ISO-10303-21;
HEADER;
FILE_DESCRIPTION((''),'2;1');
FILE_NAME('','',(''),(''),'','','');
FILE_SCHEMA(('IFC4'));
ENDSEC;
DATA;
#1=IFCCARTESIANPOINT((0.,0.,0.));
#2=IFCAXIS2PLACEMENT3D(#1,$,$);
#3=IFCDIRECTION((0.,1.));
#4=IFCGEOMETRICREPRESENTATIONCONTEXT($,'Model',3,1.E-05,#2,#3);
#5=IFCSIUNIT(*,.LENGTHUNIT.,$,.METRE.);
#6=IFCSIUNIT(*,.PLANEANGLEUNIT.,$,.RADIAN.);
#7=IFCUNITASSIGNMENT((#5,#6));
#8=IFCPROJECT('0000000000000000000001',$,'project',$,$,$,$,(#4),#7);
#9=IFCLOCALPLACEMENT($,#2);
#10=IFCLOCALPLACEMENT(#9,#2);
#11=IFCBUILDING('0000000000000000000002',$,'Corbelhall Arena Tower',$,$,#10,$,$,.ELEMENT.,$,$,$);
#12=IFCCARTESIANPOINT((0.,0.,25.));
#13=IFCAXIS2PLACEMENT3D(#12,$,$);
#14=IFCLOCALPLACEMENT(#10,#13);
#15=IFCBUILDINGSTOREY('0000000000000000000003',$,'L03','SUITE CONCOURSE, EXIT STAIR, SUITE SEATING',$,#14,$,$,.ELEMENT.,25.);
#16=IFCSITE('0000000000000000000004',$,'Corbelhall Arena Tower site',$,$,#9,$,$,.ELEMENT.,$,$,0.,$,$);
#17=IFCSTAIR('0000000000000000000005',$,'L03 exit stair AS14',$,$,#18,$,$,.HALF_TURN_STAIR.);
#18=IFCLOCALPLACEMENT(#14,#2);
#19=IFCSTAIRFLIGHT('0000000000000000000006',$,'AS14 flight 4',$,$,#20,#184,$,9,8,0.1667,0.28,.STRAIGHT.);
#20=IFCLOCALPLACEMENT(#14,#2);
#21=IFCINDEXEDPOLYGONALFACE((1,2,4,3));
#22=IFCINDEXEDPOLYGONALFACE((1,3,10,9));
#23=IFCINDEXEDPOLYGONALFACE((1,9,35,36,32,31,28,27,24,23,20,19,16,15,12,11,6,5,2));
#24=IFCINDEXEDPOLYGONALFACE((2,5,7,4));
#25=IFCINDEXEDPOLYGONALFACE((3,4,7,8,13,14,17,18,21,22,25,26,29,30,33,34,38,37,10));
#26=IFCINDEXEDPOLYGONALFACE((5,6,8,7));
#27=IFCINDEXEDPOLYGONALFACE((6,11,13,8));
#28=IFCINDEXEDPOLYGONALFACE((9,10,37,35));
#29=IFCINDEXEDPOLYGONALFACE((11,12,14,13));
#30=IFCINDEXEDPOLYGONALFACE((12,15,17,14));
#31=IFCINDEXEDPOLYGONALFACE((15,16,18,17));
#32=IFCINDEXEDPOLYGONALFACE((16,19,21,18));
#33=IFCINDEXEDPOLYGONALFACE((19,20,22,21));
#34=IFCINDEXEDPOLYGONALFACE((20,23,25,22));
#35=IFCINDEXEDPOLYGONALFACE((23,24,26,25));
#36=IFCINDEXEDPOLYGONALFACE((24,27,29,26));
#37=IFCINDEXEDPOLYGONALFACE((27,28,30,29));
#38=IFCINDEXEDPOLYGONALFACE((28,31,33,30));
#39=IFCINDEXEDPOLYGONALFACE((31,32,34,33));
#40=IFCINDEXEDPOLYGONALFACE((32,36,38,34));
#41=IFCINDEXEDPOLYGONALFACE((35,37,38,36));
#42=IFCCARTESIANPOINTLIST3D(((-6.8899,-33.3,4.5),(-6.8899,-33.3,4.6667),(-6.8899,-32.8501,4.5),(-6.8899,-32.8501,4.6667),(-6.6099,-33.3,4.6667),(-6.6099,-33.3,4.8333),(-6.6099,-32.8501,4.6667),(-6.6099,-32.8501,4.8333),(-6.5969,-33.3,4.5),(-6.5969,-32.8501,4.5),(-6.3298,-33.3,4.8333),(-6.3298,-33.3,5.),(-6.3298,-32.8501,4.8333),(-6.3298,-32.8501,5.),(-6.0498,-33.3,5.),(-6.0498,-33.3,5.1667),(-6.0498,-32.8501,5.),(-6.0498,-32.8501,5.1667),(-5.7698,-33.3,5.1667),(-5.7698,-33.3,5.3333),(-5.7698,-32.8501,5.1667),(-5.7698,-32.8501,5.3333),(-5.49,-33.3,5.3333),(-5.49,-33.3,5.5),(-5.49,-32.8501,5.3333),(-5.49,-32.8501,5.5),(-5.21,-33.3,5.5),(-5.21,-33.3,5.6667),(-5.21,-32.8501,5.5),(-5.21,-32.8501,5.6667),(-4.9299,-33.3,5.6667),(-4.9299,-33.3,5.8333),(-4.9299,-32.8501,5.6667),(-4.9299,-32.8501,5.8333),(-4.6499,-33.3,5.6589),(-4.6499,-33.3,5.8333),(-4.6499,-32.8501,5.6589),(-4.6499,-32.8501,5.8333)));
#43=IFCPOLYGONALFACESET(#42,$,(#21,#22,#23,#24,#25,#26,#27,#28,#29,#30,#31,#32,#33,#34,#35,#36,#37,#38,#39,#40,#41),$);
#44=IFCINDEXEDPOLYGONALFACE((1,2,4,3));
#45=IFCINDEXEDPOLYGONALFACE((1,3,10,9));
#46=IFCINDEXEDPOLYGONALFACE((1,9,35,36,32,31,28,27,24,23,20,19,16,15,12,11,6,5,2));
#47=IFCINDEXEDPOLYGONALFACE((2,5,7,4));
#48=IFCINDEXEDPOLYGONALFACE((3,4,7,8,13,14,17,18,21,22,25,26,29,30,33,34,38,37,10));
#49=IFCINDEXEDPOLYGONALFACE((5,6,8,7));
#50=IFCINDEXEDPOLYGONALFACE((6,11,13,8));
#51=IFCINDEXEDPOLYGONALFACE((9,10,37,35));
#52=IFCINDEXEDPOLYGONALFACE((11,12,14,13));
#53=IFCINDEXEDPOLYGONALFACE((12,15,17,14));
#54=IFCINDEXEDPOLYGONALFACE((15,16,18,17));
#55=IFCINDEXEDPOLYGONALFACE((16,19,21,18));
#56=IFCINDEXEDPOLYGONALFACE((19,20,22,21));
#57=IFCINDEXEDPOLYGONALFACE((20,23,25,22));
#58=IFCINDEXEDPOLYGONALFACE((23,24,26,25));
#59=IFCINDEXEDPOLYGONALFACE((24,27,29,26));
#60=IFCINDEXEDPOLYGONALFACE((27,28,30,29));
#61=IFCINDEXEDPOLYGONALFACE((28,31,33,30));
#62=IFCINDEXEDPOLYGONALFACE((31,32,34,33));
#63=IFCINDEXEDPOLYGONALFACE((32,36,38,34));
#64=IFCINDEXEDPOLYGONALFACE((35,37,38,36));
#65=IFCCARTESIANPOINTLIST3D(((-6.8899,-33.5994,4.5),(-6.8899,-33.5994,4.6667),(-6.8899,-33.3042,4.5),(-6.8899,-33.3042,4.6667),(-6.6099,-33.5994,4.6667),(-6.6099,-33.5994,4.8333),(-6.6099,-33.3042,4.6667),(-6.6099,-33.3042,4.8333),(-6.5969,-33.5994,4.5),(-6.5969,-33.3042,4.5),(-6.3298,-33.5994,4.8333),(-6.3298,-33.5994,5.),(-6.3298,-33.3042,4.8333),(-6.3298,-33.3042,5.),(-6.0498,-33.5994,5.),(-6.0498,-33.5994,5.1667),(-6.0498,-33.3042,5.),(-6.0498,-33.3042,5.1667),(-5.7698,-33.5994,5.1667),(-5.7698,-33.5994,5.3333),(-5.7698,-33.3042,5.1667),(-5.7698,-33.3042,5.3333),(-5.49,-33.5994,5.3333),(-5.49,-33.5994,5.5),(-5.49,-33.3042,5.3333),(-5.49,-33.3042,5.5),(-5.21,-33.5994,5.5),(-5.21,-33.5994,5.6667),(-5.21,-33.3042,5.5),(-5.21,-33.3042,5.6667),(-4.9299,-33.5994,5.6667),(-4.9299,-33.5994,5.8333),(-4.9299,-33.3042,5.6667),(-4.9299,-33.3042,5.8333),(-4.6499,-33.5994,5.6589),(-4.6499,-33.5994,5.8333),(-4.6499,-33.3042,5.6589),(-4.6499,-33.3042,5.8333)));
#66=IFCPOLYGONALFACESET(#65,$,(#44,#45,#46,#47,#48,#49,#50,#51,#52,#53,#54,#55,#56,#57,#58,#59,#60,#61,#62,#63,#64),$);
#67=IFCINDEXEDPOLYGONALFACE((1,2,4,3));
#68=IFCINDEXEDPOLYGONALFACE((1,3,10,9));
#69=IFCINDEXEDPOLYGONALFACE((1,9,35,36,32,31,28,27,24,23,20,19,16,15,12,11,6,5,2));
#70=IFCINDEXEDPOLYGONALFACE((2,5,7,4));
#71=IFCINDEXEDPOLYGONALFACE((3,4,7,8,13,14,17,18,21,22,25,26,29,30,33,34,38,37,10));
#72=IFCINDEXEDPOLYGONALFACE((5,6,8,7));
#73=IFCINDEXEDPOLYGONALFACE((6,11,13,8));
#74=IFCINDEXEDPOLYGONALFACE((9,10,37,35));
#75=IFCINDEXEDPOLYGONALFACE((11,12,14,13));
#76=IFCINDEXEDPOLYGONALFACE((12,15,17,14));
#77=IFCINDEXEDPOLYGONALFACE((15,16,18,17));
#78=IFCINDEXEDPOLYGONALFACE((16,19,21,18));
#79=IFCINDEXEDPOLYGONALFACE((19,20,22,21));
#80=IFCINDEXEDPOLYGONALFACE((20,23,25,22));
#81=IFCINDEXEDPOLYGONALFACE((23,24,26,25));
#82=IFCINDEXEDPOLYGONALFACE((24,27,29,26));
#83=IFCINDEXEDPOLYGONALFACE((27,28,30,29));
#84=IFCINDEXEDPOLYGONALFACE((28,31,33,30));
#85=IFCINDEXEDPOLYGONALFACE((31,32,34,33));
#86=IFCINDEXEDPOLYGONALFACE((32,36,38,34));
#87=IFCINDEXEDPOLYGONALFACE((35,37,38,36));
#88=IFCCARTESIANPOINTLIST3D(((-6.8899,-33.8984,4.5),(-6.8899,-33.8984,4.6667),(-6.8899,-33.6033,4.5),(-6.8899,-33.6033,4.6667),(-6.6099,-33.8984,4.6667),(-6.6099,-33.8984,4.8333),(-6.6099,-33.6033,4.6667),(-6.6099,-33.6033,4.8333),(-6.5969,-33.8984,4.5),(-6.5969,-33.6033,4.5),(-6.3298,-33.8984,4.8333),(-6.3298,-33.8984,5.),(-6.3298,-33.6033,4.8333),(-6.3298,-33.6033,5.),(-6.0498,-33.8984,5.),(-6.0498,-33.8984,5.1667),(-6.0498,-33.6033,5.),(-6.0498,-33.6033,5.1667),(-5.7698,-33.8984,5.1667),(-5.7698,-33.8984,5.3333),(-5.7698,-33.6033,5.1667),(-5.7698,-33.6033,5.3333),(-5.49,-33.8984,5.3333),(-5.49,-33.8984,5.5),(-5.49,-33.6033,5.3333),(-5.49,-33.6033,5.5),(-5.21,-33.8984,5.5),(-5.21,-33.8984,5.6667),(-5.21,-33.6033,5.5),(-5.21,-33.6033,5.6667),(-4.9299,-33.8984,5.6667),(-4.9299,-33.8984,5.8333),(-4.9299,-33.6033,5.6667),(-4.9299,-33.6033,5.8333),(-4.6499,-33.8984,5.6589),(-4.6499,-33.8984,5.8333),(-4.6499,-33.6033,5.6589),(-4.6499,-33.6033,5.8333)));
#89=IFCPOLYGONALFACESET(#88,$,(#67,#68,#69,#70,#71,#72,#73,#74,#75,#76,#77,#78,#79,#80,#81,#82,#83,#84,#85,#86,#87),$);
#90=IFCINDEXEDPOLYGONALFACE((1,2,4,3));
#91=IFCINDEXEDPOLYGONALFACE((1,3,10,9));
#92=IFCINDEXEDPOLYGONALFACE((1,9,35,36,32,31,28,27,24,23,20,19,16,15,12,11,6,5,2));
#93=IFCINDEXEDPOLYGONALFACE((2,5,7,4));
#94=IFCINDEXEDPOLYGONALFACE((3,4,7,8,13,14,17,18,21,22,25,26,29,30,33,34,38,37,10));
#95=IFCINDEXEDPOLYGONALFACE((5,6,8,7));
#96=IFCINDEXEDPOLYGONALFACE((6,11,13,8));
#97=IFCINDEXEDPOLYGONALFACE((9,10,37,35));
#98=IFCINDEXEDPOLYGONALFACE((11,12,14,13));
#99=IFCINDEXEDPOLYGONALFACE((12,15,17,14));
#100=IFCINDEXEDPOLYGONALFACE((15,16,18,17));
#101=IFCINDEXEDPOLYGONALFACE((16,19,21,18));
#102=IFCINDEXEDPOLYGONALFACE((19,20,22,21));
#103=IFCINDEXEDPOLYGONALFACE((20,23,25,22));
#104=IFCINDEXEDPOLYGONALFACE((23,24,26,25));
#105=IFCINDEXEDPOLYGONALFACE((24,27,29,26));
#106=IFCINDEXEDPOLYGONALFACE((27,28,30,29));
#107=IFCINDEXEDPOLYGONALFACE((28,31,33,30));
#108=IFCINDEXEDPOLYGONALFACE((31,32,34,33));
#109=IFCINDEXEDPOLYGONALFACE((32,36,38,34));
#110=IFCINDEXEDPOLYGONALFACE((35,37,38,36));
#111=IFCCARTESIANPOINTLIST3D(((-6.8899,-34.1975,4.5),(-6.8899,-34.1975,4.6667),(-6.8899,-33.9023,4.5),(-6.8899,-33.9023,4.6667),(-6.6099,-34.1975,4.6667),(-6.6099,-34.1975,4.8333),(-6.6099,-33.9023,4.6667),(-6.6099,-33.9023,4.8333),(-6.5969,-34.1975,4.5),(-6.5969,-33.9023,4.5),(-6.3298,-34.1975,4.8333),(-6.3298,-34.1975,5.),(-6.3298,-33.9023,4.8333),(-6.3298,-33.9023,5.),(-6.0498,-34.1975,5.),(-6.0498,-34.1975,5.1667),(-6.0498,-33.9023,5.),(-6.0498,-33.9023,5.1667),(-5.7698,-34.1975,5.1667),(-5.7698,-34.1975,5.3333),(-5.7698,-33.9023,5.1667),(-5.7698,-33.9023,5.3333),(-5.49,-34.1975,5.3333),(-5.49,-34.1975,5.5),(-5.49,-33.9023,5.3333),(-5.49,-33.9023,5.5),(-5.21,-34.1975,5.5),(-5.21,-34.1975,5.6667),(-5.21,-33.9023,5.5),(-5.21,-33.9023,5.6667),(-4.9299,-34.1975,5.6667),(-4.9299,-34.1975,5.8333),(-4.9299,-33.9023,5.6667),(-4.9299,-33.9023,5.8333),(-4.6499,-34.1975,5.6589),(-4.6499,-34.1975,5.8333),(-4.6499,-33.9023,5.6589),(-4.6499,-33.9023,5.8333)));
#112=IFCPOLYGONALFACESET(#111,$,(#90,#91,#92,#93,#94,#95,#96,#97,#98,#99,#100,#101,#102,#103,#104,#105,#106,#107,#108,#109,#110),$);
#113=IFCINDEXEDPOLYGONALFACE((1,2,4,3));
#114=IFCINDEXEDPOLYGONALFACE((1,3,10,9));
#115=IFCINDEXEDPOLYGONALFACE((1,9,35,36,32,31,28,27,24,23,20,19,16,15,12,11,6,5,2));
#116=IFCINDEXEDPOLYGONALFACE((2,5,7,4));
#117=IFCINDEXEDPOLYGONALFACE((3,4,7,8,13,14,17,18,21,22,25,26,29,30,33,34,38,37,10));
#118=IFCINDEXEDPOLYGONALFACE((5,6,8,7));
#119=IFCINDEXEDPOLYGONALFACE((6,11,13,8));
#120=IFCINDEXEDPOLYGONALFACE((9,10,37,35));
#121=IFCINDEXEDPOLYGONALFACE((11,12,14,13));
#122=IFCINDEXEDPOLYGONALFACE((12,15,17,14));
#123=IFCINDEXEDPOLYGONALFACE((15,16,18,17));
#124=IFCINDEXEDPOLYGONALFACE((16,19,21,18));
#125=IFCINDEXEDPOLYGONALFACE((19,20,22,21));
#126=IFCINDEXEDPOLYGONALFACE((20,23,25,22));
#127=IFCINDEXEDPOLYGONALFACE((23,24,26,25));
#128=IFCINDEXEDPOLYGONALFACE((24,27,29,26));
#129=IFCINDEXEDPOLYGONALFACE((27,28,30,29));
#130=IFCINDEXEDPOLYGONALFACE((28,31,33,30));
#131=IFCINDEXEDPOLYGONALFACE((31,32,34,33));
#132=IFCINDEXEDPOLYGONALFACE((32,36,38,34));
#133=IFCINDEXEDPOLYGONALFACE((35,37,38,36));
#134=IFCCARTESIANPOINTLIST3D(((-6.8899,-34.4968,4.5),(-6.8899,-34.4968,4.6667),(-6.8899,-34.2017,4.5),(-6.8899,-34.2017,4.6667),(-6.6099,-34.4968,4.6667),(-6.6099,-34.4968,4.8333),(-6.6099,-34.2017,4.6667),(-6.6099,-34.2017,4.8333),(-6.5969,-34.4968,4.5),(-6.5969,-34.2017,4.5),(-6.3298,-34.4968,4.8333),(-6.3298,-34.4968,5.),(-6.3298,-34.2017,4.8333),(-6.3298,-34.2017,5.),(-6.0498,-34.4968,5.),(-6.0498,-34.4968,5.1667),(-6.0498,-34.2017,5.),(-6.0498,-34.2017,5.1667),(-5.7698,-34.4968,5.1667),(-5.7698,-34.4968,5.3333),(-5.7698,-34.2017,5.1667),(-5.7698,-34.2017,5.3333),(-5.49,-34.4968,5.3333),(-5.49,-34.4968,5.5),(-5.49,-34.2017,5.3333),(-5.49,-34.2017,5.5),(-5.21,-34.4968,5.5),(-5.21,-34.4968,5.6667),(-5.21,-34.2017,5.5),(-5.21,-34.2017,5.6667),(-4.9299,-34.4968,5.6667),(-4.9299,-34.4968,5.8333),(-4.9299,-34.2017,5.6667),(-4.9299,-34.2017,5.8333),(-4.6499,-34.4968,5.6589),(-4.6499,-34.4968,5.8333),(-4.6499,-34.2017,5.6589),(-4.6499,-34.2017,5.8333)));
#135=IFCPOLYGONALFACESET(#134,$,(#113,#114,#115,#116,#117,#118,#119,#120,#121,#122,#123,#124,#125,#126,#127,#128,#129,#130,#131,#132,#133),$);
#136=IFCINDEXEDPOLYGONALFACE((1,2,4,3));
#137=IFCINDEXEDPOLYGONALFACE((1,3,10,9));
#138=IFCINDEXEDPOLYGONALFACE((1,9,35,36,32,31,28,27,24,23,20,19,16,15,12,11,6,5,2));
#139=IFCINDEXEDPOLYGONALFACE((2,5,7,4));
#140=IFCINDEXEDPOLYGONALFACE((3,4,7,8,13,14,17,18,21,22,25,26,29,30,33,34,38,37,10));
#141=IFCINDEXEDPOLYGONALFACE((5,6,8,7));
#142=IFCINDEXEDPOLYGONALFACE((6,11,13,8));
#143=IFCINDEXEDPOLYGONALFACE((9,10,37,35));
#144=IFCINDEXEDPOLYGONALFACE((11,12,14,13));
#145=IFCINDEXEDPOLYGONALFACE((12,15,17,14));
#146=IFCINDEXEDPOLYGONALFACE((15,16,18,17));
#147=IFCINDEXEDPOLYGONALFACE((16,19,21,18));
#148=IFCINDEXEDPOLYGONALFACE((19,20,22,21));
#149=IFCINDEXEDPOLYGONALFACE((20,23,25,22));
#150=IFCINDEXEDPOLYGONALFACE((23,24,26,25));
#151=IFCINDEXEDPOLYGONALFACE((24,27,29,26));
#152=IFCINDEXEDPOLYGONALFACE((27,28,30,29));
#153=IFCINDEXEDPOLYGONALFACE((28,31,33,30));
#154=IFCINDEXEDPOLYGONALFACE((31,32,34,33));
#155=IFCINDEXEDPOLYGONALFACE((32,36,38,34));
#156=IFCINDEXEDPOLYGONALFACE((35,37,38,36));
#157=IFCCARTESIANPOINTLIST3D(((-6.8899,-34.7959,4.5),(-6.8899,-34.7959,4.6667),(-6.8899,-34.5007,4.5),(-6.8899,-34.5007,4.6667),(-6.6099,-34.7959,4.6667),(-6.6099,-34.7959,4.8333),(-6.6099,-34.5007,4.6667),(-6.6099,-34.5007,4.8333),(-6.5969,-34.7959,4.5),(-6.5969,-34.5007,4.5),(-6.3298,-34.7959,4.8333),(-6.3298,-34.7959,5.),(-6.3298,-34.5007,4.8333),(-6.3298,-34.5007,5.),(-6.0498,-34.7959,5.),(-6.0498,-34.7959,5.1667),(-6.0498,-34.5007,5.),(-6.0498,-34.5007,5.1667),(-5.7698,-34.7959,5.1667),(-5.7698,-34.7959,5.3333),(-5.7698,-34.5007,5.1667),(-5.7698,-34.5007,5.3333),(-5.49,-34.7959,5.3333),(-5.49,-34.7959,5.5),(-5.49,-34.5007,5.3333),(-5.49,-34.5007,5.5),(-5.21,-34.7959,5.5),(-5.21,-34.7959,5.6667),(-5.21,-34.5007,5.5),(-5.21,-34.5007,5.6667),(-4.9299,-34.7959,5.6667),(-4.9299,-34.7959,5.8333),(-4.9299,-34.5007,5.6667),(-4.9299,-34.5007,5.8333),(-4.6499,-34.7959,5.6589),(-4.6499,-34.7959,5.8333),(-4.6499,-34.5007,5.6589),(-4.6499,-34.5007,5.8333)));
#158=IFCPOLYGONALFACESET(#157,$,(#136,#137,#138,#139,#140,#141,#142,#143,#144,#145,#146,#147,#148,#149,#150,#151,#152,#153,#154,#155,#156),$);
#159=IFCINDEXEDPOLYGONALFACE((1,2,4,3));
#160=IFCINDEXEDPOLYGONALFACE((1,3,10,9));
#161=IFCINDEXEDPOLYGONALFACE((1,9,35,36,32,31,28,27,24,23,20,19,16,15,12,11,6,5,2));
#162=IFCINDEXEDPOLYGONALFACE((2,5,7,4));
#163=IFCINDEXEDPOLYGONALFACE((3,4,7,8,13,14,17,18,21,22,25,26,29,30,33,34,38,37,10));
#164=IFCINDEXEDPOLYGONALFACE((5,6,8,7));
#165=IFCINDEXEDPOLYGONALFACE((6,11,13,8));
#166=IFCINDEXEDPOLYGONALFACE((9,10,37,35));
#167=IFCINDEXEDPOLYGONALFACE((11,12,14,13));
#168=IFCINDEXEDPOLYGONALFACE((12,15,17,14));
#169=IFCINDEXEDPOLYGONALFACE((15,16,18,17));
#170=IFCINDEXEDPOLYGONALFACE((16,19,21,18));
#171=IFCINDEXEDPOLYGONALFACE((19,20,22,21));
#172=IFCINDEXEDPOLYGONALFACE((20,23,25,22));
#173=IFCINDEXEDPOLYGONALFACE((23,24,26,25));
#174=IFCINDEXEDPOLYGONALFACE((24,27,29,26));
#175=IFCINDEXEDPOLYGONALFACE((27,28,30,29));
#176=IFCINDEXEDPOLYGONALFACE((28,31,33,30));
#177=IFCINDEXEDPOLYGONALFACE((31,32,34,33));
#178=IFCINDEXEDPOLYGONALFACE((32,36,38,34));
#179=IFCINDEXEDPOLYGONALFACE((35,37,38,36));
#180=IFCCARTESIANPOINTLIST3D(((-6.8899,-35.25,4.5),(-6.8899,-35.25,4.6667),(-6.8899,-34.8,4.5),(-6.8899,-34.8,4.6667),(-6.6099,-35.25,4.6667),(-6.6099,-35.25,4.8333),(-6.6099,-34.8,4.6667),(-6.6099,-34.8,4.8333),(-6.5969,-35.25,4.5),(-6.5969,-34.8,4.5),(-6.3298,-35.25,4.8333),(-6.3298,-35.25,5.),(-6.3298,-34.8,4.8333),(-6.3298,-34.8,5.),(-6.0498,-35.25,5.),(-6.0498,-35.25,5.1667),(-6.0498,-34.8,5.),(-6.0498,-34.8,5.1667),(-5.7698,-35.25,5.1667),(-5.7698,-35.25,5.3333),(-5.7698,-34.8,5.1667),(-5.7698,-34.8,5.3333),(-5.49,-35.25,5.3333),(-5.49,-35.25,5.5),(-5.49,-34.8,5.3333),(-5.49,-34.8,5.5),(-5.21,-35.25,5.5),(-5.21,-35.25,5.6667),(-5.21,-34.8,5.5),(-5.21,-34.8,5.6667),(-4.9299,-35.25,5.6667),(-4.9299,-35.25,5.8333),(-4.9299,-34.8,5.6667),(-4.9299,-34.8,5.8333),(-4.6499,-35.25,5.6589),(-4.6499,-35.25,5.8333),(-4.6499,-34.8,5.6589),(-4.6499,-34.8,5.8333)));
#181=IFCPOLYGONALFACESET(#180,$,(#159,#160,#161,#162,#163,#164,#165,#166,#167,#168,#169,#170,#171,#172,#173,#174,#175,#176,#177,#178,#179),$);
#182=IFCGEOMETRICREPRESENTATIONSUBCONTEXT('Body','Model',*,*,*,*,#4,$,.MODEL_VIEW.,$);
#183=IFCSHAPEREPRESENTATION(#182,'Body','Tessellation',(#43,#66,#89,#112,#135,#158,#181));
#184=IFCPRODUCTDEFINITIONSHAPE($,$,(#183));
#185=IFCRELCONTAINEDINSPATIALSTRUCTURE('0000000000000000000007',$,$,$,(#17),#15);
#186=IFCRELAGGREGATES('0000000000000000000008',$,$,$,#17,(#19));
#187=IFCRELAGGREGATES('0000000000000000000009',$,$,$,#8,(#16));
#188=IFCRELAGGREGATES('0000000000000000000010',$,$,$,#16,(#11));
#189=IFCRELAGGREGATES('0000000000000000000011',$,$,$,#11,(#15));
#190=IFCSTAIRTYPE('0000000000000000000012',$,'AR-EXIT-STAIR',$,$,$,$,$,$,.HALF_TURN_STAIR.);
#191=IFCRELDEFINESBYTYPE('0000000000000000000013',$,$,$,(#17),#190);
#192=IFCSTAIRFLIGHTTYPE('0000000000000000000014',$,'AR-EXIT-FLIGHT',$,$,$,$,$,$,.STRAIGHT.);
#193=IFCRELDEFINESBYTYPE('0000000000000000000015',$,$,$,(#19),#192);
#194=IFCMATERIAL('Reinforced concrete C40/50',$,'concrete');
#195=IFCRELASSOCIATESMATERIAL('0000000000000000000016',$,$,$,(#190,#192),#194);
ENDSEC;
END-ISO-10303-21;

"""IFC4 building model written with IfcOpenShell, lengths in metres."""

from ifc_helpers import new_model, si_unit, direction, frame, origin, place, context, subcontext, project, spatial, polyline, outline, extrude, material, type_object, element, aggregate, save


model = new_model("IFC4")

# Units and contexts
model_context = context("Model", 3, precision=1e-05, world=origin(), true_north=direction((0.0, 1.0)))
body_context = subcontext(model_context, "Body", "Model", "MODEL_VIEW")
ifc_project = project(units=[si_unit("LENGTHUNIT", "METRE"), si_unit("PLANEANGLEUNIT", "RADIAN")], contexts=[model_context])

# Site, building, storey
site_placement = place(None, origin())
site = spatial("IfcSite", under=ifc_project, at=site_placement, Name="Corbelhall Arena Tower site", CompositionType="ELEMENT", RefElevation=0.0)
building_placement = place(site_placement, origin())
building = spatial("IfcBuilding", under=site, at=building_placement, Name="Corbelhall Arena Tower", CompositionType="ELEMENT")
storey_placement = place(building_placement, frame((0.0, 0.0, 25.0)))
storey = spatial("IfcBuildingStorey", under=building, at=storey_placement, Name="L03", Description="SUITE CONCOURSE, EXIT STAIR, SUITE SEATING", CompositionType="ELEMENT", Elevation=25.0)

# Shared definitions
ifc_material_1 = material(Name="Reinforced concrete C40/50", Category="concrete")

# Stair, stair flight
stair_type = type_object("IfcStairType", Name="AR-EXIT-STAIR", PredefinedType="HALF_TURN_STAIR", material=ifc_material_1)
stair_placement = place(storey_placement, origin())
stair = element("IfcStair", 1, at=stair_placement, inside=storey, type_object=stair_type, Name="L03 exit stair AS14", PredefinedType="HALF_TURN_STAIR")
stair_flight_type = type_object("IfcStairFlightType", Name="AR-EXIT-FLIGHT", PredefinedType="STRAIGHT", material=ifc_material_1)
stair_flight_1_placement = place(storey_placement, frame((-6.8899, -34.05, 4.5), z_axis=(0.0, 0.0, 1.0), x_axis=(1.0, 0.0, 0.0)))
stair_flight_1 = element("IfcStairFlight", 2, at=stair_flight_1_placement, type_object=stair_flight_type, Name="AS14 flight 4", NumberOfRisers=9, NumberOfTreads=8, PredefinedType="STRAIGHT", RiserHeight=0.1667, TreadLength=0.28, context=body_context, shape_type="SweptSolid", body=[
    extrude(outline(polyline([(0.0, 0.0), (0.0, 0.1667), (0.28, 0.1667), (0.28, 0.3333), (0.5601, 0.3333), (0.5601, 0.5), (0.8401, 0.5), (0.8401, 0.6667), (1.1201, 0.6667), (1.1201, 0.8333), (1.3999, 0.8333), (1.3999, 1.0), (1.6799, 1.0), (1.6799, 1.1667), (1.96, 1.1667), (1.96, 1.3333), (2.24, 1.3333), (2.24, 1.5), (2.24, 1.1589), (0.293, 0.0), (0.0, 0.0)])), frame((0.0, 1.2, 0.0), z_axis=(0.0, -1.0, 0.0), x_axis=(1.0, 0.0, 0.0)), (0.0, 0.0, 1.0), 0.45),
    extrude(outline(polyline([(0.0, 0.0), (0.0, 0.1667), (0.28, 0.1667), (0.28, 0.3333), (0.5601, 0.3333), (0.5601, 0.5), (0.8401, 0.5), (0.8401, 0.6667), (1.1201, 0.6667), (1.1201, 0.8333), (1.3999, 0.8333), (1.3999, 1.0), (1.6799, 1.0), (1.6799, 1.1667), (1.96, 1.1667), (1.96, 1.3333), (2.24, 1.3333), (2.24, 1.5), (2.24, 1.1589), (0.293, 0.0), (0.0, 0.0)])), frame((0.0, 0.7458, 0.0), z_axis=(0.0, -1.0, 0.0), x_axis=(1.0, 0.0, 0.0)), (0.0, 0.0, 1.0), 0.2952),
    extrude(outline(polyline([(0.0, 0.0), (0.0, 0.1667), (0.28, 0.1667), (0.28, 0.3333), (0.5601, 0.3333), (0.5601, 0.5), (0.8401, 0.5), (0.8401, 0.6667), (1.1201, 0.6667), (1.1201, 0.8333), (1.3999, 0.8333), (1.3999, 1.0), (1.6799, 1.0), (1.6799, 1.1667), (1.96, 1.1667), (1.96, 1.3333), (2.24, 1.3333), (2.24, 1.5), (2.24, 1.1589), (0.293, 0.0), (0.0, 0.0)])), frame((0.0, 0.4468, 0.0), z_axis=(0.0, -1.0, 0.0), x_axis=(1.0, 0.0, 0.0)), (0.0, 0.0, 1.0), 0.2952),
    extrude(outline(polyline([(0.0, 0.0), (0.0, 0.1667), (0.28, 0.1667), (0.28, 0.3333), (0.5601, 0.3333), (0.5601, 0.5), (0.8401, 0.5), (0.8401, 0.6667), (1.1201, 0.6667), (1.1201, 0.8333), (1.3999, 0.8333), (1.3999, 1.0), (1.6799, 1.0), (1.6799, 1.1667), (1.96, 1.1667), (1.96, 1.3333), (2.24, 1.3333), (2.24, 1.5), (2.24, 1.1589), (0.293, 0.0), (0.0, 0.0)])), frame((0.0, 0.1477, 0.0), z_axis=(0.0, -1.0, 0.0), x_axis=(1.0, 0.0, 0.0)), (0.0, 0.0, 1.0), 0.2952),
    extrude(outline(polyline([(0.0, 0.0), (0.0, 0.1667), (0.28, 0.1667), (0.28, 0.3333), (0.5601, 0.3333), (0.5601, 0.5), (0.8401, 0.5), (0.8401, 0.6667), (1.1201, 0.6667), (1.1201, 0.8333), (1.3999, 0.8333), (1.3999, 1.0), (1.6799, 1.0), (1.6799, 1.1667), (1.96, 1.1667), (1.96, 1.3333), (2.24, 1.3333), (2.24, 1.5), (2.24, 1.1589), (0.293, 0.0), (0.0, 0.0)])), frame((0.0, -0.1516, 0.0), z_axis=(0.0, -1.0, 0.0), x_axis=(1.0, 0.0, 0.0)), (0.0, 0.0, 1.0), 0.2952),
    extrude(outline(polyline([(0.0, 0.0), (0.0, 0.1667), (0.28, 0.1667), (0.28, 0.3333), (0.5601, 0.3333), (0.5601, 0.5), (0.8401, 0.5), (0.8401, 0.6667), (1.1201, 0.6667), (1.1201, 0.8333), (1.3999, 0.8333), (1.3999, 1.0), (1.6799, 1.0), (1.6799, 1.1667), (1.96, 1.1667), (1.96, 1.3333), (2.24, 1.3333), (2.24, 1.5), (2.24, 1.1589), (0.293, 0.0), (0.0, 0.0)])), frame((0.0, -0.4507, 0.0), z_axis=(0.0, -1.0, 0.0), x_axis=(1.0, 0.0, 0.0)), (0.0, 0.0, 1.0), 0.2952),
    extrude(outline(polyline([(0.0, 0.0), (0.0, 0.1667), (0.28, 0.1667), (0.28, 0.3333), (0.5601, 0.3333), (0.5601, 0.5), (0.8401, 0.5), (0.8401, 0.6667), (1.1201, 0.6667), (1.1201, 0.8333), (1.3999, 0.8333), (1.3999, 1.0), (1.6799, 1.0), (1.6799, 1.1667), (1.96, 1.1667), (1.96, 1.3333), (2.24, 1.3333), (2.24, 1.5), (2.24, 1.1589), (0.293, 0.0), (0.0, 0.0)])), frame((0.0, -0.75, 0.0), z_axis=(0.0, -1.0, 0.0), x_axis=(1.0, 0.0, 0.0)), (0.0, 0.0, 1.0), 0.45),
])
aggregate(stair, [stair_flight_1])

save(model, "model.ifc")
